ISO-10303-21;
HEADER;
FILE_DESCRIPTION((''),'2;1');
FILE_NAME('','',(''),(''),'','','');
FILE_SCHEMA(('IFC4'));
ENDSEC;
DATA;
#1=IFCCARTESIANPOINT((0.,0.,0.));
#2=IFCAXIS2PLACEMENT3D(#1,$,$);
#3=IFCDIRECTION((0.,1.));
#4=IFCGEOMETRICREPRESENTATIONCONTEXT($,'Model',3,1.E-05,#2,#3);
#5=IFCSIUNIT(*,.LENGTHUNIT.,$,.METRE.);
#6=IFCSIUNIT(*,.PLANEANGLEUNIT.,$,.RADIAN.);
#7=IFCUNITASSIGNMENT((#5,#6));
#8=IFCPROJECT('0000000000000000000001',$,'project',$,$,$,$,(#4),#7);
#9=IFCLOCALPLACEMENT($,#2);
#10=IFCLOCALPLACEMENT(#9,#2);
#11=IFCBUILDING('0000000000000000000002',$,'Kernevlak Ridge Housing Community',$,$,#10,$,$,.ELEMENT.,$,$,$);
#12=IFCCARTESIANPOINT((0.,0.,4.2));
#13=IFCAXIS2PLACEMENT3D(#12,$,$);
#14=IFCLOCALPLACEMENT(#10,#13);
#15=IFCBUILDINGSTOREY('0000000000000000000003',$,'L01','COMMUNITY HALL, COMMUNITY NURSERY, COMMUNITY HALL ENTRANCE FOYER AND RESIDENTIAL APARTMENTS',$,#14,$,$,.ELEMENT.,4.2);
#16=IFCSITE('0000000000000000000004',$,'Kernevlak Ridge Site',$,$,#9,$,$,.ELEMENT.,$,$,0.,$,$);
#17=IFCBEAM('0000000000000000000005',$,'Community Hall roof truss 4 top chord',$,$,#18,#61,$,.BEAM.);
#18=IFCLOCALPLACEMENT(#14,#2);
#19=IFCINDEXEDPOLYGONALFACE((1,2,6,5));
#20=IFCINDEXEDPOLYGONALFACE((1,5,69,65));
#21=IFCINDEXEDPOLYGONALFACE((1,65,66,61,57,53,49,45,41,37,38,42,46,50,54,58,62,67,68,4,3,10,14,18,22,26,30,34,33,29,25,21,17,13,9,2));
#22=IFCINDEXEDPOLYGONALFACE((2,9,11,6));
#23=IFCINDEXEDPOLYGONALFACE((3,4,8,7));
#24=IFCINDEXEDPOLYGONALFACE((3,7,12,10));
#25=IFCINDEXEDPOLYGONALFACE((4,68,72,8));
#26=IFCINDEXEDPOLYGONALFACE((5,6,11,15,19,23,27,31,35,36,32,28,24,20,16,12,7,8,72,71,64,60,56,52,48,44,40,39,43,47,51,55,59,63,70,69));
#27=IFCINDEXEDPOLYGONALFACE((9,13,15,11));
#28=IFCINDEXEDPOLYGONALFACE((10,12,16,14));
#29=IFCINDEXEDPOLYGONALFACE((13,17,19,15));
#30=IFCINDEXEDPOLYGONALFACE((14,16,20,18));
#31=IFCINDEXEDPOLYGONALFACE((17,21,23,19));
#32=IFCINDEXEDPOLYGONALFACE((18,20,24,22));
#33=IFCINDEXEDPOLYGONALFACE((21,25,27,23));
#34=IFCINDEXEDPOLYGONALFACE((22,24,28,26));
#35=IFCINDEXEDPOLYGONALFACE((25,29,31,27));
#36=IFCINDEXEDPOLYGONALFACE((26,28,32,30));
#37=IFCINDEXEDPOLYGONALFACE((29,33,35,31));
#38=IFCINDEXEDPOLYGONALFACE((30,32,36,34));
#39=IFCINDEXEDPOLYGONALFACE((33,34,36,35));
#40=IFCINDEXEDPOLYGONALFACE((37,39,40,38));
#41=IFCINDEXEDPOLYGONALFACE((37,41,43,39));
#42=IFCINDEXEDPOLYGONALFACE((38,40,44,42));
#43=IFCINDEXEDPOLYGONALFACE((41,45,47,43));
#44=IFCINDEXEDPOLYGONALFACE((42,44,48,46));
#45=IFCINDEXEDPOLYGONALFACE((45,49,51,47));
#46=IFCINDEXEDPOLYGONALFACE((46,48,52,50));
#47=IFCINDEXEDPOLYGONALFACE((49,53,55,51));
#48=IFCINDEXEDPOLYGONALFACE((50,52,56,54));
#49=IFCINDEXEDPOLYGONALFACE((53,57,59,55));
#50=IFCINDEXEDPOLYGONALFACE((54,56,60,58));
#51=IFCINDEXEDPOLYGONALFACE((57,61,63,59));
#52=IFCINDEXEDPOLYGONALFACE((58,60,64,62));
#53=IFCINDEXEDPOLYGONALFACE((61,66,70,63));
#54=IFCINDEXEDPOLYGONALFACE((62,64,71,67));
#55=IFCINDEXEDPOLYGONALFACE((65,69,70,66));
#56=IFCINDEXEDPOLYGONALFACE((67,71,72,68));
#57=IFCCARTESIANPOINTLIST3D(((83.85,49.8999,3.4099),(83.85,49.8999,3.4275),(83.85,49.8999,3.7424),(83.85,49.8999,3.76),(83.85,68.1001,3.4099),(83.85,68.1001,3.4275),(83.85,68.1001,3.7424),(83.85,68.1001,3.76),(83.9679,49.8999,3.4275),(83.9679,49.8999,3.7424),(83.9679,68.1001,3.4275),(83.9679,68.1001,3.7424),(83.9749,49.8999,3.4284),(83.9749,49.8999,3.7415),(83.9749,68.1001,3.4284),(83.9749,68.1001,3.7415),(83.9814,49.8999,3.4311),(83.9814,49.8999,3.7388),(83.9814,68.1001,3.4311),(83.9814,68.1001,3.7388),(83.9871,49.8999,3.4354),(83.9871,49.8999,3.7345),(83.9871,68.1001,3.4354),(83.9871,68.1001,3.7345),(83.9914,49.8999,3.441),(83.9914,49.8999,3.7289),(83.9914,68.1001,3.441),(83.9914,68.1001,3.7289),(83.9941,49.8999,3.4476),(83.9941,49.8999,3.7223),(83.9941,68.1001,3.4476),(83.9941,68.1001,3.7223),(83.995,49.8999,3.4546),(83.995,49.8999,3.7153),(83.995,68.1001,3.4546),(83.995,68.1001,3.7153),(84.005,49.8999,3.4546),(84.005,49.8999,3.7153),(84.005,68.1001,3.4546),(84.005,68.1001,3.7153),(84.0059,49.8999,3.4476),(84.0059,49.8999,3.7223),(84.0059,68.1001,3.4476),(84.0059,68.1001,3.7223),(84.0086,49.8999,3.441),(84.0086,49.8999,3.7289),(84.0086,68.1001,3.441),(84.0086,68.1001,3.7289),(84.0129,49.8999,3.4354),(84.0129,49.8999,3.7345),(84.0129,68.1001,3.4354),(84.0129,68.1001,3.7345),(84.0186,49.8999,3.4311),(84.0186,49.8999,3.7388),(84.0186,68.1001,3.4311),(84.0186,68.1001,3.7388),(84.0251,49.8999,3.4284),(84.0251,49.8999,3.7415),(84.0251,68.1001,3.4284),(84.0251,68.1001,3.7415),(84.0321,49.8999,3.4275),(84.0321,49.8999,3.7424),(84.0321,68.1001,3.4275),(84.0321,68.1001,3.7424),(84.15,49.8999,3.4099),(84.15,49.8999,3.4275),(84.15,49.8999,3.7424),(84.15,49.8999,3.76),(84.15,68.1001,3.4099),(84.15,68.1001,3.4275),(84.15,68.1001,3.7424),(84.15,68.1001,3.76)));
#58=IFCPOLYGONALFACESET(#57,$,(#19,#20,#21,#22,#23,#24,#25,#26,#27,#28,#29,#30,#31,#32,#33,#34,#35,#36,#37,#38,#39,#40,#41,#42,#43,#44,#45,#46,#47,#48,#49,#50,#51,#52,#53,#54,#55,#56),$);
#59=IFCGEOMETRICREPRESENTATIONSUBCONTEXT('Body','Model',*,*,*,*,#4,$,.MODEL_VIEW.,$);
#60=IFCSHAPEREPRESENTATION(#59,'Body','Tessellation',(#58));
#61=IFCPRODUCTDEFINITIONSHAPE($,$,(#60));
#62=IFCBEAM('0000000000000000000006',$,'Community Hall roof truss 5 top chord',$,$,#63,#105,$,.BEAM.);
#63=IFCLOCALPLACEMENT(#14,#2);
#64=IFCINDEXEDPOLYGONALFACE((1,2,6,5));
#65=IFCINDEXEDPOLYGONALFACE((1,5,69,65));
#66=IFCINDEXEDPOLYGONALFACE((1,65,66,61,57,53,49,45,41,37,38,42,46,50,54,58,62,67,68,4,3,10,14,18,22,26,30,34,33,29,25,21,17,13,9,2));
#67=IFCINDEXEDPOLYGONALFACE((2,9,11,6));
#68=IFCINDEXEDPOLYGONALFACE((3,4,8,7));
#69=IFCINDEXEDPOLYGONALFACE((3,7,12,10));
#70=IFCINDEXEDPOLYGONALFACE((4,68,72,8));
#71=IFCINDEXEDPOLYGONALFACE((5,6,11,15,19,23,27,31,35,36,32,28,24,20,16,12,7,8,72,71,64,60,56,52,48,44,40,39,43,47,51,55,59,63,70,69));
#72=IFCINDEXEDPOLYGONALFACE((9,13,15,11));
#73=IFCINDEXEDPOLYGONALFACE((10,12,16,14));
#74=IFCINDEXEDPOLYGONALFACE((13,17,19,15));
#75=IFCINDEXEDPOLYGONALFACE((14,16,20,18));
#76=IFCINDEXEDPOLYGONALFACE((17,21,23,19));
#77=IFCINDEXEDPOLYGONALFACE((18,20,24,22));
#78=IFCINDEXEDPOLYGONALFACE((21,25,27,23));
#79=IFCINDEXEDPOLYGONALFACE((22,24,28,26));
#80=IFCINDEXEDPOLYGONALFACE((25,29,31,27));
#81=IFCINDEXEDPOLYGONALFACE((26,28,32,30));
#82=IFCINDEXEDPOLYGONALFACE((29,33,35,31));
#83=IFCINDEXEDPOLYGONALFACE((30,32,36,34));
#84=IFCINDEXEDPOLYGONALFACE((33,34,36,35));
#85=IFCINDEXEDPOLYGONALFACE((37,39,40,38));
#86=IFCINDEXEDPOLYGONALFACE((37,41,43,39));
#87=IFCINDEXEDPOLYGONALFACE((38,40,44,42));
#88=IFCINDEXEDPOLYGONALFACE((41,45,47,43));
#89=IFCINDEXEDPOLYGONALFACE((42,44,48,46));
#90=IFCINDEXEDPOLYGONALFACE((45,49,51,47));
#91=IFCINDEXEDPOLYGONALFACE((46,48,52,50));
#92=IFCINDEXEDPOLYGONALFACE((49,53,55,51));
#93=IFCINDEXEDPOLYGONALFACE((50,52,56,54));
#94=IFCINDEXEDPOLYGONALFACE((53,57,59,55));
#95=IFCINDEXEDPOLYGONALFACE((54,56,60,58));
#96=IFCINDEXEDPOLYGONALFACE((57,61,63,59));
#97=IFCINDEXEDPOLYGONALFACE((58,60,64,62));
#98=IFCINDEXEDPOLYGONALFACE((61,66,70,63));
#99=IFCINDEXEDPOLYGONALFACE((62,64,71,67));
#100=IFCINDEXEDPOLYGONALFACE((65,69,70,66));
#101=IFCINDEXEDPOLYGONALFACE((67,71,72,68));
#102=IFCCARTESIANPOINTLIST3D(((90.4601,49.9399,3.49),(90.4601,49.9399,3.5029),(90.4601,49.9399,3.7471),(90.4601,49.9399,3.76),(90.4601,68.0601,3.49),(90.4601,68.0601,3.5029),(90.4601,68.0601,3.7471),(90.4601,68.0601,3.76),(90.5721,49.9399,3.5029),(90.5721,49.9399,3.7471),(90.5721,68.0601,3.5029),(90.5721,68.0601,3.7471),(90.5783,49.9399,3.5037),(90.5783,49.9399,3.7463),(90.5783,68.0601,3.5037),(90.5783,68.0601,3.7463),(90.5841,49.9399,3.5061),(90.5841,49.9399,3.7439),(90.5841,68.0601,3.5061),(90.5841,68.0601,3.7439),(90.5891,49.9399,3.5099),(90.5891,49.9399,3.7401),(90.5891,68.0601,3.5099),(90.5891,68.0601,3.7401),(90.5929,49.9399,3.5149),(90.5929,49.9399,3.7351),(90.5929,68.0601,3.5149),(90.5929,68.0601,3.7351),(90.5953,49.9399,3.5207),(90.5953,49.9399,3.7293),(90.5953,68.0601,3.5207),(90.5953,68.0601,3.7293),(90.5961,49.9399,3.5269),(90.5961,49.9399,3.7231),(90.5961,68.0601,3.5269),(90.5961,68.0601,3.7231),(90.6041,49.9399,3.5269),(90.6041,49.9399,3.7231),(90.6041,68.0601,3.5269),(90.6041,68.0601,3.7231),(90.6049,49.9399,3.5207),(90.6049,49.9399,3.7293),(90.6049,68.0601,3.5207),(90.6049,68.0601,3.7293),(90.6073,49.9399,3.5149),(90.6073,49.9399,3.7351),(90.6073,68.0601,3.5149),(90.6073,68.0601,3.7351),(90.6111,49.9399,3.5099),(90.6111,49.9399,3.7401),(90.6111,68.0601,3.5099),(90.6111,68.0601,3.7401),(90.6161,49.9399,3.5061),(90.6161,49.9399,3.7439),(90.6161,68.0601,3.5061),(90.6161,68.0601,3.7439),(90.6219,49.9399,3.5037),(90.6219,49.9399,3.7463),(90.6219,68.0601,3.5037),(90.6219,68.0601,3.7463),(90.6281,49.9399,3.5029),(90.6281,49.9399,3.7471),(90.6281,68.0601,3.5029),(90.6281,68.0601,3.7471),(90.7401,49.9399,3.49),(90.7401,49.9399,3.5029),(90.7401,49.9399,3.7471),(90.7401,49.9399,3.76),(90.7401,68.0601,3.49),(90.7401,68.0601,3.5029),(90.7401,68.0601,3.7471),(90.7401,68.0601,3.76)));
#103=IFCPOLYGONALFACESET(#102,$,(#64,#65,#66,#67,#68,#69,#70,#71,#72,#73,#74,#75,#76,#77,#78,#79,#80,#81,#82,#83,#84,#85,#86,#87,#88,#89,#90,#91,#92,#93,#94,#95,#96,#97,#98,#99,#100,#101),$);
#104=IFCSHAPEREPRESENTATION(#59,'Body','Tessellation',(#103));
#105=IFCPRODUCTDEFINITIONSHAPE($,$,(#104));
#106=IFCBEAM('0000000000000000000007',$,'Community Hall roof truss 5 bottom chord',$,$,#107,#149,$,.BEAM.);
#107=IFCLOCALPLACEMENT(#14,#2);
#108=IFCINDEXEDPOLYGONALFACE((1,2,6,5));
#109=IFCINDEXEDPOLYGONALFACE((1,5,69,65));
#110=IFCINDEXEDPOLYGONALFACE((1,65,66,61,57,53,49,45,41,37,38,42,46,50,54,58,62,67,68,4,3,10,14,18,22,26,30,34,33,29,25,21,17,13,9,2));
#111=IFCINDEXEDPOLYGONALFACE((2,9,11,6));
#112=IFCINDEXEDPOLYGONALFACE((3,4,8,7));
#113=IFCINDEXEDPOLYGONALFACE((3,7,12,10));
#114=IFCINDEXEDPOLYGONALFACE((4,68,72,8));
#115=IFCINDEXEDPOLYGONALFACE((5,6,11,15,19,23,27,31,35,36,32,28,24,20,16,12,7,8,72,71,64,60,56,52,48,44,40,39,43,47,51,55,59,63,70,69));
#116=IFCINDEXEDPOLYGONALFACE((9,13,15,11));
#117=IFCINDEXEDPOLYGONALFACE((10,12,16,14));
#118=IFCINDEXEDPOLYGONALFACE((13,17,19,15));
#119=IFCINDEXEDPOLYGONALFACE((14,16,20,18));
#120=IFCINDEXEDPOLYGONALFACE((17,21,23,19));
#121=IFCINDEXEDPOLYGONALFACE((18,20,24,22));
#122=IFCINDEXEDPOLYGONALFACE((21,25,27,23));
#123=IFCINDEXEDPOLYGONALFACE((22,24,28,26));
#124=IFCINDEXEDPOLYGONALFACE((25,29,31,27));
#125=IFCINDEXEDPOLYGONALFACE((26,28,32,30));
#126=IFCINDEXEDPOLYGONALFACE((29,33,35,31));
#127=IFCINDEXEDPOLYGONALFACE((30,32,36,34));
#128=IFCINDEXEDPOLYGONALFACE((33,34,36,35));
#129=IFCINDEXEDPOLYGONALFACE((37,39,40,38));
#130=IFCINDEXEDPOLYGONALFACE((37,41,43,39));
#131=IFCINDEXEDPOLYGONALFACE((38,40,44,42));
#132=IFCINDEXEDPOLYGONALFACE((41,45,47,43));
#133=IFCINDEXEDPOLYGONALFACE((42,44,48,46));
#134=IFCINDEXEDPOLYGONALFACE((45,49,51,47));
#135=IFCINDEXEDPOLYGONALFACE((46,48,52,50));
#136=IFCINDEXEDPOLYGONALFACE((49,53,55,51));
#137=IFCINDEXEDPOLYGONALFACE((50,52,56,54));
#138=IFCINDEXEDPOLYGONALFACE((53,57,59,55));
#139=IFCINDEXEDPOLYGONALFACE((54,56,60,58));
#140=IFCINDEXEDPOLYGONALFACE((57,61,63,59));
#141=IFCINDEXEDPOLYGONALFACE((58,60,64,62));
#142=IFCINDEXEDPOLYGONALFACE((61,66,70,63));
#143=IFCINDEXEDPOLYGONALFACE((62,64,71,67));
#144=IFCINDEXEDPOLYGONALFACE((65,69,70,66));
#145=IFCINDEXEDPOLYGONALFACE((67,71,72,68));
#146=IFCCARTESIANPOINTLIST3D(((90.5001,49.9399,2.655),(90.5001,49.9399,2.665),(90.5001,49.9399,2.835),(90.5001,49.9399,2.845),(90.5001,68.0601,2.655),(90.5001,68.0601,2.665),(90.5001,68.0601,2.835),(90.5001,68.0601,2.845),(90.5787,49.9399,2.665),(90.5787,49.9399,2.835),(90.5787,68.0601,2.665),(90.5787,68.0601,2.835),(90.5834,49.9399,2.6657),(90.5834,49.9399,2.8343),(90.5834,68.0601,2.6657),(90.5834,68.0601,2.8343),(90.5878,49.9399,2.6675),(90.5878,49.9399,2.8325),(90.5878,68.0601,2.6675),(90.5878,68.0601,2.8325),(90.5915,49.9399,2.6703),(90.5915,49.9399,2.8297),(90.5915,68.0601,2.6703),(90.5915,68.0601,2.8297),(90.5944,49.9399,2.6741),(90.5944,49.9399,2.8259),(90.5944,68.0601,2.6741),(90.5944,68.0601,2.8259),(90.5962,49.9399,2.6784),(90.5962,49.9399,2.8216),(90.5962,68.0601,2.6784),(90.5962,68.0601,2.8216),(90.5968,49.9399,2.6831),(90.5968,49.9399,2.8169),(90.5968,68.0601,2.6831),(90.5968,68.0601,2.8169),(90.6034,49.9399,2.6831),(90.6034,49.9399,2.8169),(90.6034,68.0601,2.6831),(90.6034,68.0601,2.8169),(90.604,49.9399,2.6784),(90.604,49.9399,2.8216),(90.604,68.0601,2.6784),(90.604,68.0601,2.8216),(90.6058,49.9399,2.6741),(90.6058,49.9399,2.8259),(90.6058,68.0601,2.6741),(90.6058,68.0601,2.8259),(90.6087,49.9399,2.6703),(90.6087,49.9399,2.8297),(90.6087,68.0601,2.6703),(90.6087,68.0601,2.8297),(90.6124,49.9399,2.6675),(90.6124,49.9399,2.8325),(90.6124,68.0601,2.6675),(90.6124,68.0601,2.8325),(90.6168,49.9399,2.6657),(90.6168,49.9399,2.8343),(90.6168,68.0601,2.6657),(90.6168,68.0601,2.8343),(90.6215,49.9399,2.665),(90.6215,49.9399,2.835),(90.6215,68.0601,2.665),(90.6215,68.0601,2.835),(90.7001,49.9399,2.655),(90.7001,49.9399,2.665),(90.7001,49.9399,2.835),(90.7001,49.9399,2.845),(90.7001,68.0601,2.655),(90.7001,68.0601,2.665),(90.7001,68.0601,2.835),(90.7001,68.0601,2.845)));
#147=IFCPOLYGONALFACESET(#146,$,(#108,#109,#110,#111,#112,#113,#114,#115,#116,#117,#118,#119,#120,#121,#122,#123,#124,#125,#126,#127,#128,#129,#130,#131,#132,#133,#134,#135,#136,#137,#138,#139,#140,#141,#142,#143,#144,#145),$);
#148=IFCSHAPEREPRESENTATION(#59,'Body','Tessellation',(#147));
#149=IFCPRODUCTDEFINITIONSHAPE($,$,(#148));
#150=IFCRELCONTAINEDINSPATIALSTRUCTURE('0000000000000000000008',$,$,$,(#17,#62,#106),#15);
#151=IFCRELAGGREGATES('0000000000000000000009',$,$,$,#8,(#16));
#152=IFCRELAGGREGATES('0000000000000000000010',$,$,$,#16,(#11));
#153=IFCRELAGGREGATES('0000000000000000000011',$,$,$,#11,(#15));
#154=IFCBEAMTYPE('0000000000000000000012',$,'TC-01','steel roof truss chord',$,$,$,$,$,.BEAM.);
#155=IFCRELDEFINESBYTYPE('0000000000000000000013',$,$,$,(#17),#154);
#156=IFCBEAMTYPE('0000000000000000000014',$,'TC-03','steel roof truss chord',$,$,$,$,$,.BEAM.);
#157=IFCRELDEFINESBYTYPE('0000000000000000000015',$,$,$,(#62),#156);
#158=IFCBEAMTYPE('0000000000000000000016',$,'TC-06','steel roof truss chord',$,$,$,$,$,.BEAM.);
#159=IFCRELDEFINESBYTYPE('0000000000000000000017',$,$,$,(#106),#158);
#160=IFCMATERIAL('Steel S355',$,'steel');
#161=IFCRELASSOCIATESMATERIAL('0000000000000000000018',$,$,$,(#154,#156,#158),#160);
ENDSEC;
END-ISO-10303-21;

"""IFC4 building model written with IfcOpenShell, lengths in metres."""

from ifc_helpers import new_model, si_unit, direction, frame, origin, origin_2d, place, context, subcontext, project, spatial, i_section, extrude, material, material_profile, profile_set, type_object, element, save


model = new_model("IFC4")

# Units and contexts
model_context = context("Model", 3, precision=1e-05, world=origin(), true_north=direction((0.0, 1.0)))
body_context = subcontext(model_context, "Body", "Model", "MODEL_VIEW")
ifc_project = project(units=[si_unit("LENGTHUNIT", "METRE"), si_unit("PLANEANGLEUNIT", "RADIAN")], contexts=[model_context])

# Site, building, storey
site_placement = place(None, origin())
site = spatial("IfcSite", under=ifc_project, at=site_placement, Name="Kernevlak Ridge Site", CompositionType="ELEMENT", RefElevation=0.0)
building_placement = place(site_placement, origin())
building = spatial("IfcBuilding", under=site, at=building_placement, Name="Kernevlak Ridge Housing Community", CompositionType="ELEMENT")
storey_placement = place(building_placement, frame((0.0, 0.0, 4.2)))
storey = spatial("IfcBuildingStorey", under=building, at=storey_placement, Name="L01", Description="COMMUNITY HALL, COMMUNITY NURSERY, COMMUNITY HALL ENTRANCE FOYER AND RESIDENTIAL APARTMENTS", CompositionType="ELEMENT", Elevation=4.2)

# Shared definitions
ifc_material = material(Name="Steel S355", Category="steel")

# Beams
ifc_material_profile_1 = material_profile(ifc_material, i_section(OverallWidth=0.3, OverallDepth=0.3501, WebThickness=0.01, FlangeThickness=0.0176, FilletRadius=0.0271, at=origin_2d()), Name="HEA 360")
ifc_profile_set_1 = profile_set([ifc_material_profile_1], Name="Steel S355")
beam_type_1 = type_object("IfcBeamType", Name="TC-01", Description="steel roof truss chord", PredefinedType="BEAM", material=ifc_profile_set_1)
beam_1_placement = place(storey_placement, frame((84.0, 49.8999, 3.585), z_axis=(0.0, 1.0, 0.0), x_axis=(-1.0, 0.0, 0.0)))
element("IfcBeam", 1, at=beam_1_placement, inside=storey, type_object=beam_type_1, Name="Community Hall roof truss 4 top chord", PredefinedType="BEAM", context=body_context, shape_type="SweptSolid", body=[
    extrude(i_section(OverallWidth=0.3, OverallDepth=0.3501, WebThickness=0.01, FlangeThickness=0.0176, FilletRadius=0.0271, at=origin_2d()), origin(), (0.0, 0.0, 1.0), 18.2002),
])
ifc_material_profile_2 = material_profile(ifc_material, i_section(OverallWidth=0.28, OverallDepth=0.27, WebThickness=0.0081, FlangeThickness=0.0129, FilletRadius=0.0239, at=origin_2d()), Name="HEA 280")
ifc_profile_set_2 = profile_set([ifc_material_profile_2], Name="Steel S355")
beam_type_2 = type_object("IfcBeamType", Name="TC-03", Description="steel roof truss chord", PredefinedType="BEAM", material=ifc_profile_set_2)
beam_2_placement = place(storey_placement, frame((90.6001, 49.9399, 3.625), z_axis=(0.0, 1.0, 0.0), x_axis=(-1.0, 0.0, 0.0)))
element("IfcBeam", 2, at=beam_2_placement, inside=storey, type_object=beam_type_2, Name="Community Hall roof truss 5 top chord", PredefinedType="BEAM", context=body_context, shape_type="SweptSolid", body=[
    extrude(i_section(OverallWidth=0.28, OverallDepth=0.27, WebThickness=0.0081, FlangeThickness=0.0129, FilletRadius=0.0239, at=origin_2d()), origin(), (0.0, 0.0, 1.0), 18.1201),
])
ifc_material_profile_3 = material_profile(ifc_material, i_section(OverallWidth=0.2, OverallDepth=0.1899, WebThickness=0.0066, FlangeThickness=0.01, FilletRadius=0.0181, at=origin_2d()), Name="HEA 200")
ifc_profile_set_3 = profile_set([ifc_material_profile_3], Name="Steel S355")
beam_type_3 = type_object("IfcBeamType", Name="TC-06", Description="steel roof truss chord", PredefinedType="BEAM", material=ifc_profile_set_3)
beam_3_placement = place(storey_placement, frame((90.6001, 49.9399, 2.75), z_axis=(0.0, 1.0, 0.0), x_axis=(-1.0, 0.0, 0.0)))
element("IfcBeam", 3, at=beam_3_placement, inside=storey, type_object=beam_type_3, Name="Community Hall roof truss 5 bottom chord", PredefinedType="BEAM", context=body_context, shape_type="SweptSolid", body=[
    extrude(i_section(OverallWidth=0.2, OverallDepth=0.1899, WebThickness=0.0066, FlangeThickness=0.01, FilletRadius=0.0181, at=origin_2d()), origin(), (0.0, 0.0, 1.0), 18.1201),
])

save(model, "model.ifc")
